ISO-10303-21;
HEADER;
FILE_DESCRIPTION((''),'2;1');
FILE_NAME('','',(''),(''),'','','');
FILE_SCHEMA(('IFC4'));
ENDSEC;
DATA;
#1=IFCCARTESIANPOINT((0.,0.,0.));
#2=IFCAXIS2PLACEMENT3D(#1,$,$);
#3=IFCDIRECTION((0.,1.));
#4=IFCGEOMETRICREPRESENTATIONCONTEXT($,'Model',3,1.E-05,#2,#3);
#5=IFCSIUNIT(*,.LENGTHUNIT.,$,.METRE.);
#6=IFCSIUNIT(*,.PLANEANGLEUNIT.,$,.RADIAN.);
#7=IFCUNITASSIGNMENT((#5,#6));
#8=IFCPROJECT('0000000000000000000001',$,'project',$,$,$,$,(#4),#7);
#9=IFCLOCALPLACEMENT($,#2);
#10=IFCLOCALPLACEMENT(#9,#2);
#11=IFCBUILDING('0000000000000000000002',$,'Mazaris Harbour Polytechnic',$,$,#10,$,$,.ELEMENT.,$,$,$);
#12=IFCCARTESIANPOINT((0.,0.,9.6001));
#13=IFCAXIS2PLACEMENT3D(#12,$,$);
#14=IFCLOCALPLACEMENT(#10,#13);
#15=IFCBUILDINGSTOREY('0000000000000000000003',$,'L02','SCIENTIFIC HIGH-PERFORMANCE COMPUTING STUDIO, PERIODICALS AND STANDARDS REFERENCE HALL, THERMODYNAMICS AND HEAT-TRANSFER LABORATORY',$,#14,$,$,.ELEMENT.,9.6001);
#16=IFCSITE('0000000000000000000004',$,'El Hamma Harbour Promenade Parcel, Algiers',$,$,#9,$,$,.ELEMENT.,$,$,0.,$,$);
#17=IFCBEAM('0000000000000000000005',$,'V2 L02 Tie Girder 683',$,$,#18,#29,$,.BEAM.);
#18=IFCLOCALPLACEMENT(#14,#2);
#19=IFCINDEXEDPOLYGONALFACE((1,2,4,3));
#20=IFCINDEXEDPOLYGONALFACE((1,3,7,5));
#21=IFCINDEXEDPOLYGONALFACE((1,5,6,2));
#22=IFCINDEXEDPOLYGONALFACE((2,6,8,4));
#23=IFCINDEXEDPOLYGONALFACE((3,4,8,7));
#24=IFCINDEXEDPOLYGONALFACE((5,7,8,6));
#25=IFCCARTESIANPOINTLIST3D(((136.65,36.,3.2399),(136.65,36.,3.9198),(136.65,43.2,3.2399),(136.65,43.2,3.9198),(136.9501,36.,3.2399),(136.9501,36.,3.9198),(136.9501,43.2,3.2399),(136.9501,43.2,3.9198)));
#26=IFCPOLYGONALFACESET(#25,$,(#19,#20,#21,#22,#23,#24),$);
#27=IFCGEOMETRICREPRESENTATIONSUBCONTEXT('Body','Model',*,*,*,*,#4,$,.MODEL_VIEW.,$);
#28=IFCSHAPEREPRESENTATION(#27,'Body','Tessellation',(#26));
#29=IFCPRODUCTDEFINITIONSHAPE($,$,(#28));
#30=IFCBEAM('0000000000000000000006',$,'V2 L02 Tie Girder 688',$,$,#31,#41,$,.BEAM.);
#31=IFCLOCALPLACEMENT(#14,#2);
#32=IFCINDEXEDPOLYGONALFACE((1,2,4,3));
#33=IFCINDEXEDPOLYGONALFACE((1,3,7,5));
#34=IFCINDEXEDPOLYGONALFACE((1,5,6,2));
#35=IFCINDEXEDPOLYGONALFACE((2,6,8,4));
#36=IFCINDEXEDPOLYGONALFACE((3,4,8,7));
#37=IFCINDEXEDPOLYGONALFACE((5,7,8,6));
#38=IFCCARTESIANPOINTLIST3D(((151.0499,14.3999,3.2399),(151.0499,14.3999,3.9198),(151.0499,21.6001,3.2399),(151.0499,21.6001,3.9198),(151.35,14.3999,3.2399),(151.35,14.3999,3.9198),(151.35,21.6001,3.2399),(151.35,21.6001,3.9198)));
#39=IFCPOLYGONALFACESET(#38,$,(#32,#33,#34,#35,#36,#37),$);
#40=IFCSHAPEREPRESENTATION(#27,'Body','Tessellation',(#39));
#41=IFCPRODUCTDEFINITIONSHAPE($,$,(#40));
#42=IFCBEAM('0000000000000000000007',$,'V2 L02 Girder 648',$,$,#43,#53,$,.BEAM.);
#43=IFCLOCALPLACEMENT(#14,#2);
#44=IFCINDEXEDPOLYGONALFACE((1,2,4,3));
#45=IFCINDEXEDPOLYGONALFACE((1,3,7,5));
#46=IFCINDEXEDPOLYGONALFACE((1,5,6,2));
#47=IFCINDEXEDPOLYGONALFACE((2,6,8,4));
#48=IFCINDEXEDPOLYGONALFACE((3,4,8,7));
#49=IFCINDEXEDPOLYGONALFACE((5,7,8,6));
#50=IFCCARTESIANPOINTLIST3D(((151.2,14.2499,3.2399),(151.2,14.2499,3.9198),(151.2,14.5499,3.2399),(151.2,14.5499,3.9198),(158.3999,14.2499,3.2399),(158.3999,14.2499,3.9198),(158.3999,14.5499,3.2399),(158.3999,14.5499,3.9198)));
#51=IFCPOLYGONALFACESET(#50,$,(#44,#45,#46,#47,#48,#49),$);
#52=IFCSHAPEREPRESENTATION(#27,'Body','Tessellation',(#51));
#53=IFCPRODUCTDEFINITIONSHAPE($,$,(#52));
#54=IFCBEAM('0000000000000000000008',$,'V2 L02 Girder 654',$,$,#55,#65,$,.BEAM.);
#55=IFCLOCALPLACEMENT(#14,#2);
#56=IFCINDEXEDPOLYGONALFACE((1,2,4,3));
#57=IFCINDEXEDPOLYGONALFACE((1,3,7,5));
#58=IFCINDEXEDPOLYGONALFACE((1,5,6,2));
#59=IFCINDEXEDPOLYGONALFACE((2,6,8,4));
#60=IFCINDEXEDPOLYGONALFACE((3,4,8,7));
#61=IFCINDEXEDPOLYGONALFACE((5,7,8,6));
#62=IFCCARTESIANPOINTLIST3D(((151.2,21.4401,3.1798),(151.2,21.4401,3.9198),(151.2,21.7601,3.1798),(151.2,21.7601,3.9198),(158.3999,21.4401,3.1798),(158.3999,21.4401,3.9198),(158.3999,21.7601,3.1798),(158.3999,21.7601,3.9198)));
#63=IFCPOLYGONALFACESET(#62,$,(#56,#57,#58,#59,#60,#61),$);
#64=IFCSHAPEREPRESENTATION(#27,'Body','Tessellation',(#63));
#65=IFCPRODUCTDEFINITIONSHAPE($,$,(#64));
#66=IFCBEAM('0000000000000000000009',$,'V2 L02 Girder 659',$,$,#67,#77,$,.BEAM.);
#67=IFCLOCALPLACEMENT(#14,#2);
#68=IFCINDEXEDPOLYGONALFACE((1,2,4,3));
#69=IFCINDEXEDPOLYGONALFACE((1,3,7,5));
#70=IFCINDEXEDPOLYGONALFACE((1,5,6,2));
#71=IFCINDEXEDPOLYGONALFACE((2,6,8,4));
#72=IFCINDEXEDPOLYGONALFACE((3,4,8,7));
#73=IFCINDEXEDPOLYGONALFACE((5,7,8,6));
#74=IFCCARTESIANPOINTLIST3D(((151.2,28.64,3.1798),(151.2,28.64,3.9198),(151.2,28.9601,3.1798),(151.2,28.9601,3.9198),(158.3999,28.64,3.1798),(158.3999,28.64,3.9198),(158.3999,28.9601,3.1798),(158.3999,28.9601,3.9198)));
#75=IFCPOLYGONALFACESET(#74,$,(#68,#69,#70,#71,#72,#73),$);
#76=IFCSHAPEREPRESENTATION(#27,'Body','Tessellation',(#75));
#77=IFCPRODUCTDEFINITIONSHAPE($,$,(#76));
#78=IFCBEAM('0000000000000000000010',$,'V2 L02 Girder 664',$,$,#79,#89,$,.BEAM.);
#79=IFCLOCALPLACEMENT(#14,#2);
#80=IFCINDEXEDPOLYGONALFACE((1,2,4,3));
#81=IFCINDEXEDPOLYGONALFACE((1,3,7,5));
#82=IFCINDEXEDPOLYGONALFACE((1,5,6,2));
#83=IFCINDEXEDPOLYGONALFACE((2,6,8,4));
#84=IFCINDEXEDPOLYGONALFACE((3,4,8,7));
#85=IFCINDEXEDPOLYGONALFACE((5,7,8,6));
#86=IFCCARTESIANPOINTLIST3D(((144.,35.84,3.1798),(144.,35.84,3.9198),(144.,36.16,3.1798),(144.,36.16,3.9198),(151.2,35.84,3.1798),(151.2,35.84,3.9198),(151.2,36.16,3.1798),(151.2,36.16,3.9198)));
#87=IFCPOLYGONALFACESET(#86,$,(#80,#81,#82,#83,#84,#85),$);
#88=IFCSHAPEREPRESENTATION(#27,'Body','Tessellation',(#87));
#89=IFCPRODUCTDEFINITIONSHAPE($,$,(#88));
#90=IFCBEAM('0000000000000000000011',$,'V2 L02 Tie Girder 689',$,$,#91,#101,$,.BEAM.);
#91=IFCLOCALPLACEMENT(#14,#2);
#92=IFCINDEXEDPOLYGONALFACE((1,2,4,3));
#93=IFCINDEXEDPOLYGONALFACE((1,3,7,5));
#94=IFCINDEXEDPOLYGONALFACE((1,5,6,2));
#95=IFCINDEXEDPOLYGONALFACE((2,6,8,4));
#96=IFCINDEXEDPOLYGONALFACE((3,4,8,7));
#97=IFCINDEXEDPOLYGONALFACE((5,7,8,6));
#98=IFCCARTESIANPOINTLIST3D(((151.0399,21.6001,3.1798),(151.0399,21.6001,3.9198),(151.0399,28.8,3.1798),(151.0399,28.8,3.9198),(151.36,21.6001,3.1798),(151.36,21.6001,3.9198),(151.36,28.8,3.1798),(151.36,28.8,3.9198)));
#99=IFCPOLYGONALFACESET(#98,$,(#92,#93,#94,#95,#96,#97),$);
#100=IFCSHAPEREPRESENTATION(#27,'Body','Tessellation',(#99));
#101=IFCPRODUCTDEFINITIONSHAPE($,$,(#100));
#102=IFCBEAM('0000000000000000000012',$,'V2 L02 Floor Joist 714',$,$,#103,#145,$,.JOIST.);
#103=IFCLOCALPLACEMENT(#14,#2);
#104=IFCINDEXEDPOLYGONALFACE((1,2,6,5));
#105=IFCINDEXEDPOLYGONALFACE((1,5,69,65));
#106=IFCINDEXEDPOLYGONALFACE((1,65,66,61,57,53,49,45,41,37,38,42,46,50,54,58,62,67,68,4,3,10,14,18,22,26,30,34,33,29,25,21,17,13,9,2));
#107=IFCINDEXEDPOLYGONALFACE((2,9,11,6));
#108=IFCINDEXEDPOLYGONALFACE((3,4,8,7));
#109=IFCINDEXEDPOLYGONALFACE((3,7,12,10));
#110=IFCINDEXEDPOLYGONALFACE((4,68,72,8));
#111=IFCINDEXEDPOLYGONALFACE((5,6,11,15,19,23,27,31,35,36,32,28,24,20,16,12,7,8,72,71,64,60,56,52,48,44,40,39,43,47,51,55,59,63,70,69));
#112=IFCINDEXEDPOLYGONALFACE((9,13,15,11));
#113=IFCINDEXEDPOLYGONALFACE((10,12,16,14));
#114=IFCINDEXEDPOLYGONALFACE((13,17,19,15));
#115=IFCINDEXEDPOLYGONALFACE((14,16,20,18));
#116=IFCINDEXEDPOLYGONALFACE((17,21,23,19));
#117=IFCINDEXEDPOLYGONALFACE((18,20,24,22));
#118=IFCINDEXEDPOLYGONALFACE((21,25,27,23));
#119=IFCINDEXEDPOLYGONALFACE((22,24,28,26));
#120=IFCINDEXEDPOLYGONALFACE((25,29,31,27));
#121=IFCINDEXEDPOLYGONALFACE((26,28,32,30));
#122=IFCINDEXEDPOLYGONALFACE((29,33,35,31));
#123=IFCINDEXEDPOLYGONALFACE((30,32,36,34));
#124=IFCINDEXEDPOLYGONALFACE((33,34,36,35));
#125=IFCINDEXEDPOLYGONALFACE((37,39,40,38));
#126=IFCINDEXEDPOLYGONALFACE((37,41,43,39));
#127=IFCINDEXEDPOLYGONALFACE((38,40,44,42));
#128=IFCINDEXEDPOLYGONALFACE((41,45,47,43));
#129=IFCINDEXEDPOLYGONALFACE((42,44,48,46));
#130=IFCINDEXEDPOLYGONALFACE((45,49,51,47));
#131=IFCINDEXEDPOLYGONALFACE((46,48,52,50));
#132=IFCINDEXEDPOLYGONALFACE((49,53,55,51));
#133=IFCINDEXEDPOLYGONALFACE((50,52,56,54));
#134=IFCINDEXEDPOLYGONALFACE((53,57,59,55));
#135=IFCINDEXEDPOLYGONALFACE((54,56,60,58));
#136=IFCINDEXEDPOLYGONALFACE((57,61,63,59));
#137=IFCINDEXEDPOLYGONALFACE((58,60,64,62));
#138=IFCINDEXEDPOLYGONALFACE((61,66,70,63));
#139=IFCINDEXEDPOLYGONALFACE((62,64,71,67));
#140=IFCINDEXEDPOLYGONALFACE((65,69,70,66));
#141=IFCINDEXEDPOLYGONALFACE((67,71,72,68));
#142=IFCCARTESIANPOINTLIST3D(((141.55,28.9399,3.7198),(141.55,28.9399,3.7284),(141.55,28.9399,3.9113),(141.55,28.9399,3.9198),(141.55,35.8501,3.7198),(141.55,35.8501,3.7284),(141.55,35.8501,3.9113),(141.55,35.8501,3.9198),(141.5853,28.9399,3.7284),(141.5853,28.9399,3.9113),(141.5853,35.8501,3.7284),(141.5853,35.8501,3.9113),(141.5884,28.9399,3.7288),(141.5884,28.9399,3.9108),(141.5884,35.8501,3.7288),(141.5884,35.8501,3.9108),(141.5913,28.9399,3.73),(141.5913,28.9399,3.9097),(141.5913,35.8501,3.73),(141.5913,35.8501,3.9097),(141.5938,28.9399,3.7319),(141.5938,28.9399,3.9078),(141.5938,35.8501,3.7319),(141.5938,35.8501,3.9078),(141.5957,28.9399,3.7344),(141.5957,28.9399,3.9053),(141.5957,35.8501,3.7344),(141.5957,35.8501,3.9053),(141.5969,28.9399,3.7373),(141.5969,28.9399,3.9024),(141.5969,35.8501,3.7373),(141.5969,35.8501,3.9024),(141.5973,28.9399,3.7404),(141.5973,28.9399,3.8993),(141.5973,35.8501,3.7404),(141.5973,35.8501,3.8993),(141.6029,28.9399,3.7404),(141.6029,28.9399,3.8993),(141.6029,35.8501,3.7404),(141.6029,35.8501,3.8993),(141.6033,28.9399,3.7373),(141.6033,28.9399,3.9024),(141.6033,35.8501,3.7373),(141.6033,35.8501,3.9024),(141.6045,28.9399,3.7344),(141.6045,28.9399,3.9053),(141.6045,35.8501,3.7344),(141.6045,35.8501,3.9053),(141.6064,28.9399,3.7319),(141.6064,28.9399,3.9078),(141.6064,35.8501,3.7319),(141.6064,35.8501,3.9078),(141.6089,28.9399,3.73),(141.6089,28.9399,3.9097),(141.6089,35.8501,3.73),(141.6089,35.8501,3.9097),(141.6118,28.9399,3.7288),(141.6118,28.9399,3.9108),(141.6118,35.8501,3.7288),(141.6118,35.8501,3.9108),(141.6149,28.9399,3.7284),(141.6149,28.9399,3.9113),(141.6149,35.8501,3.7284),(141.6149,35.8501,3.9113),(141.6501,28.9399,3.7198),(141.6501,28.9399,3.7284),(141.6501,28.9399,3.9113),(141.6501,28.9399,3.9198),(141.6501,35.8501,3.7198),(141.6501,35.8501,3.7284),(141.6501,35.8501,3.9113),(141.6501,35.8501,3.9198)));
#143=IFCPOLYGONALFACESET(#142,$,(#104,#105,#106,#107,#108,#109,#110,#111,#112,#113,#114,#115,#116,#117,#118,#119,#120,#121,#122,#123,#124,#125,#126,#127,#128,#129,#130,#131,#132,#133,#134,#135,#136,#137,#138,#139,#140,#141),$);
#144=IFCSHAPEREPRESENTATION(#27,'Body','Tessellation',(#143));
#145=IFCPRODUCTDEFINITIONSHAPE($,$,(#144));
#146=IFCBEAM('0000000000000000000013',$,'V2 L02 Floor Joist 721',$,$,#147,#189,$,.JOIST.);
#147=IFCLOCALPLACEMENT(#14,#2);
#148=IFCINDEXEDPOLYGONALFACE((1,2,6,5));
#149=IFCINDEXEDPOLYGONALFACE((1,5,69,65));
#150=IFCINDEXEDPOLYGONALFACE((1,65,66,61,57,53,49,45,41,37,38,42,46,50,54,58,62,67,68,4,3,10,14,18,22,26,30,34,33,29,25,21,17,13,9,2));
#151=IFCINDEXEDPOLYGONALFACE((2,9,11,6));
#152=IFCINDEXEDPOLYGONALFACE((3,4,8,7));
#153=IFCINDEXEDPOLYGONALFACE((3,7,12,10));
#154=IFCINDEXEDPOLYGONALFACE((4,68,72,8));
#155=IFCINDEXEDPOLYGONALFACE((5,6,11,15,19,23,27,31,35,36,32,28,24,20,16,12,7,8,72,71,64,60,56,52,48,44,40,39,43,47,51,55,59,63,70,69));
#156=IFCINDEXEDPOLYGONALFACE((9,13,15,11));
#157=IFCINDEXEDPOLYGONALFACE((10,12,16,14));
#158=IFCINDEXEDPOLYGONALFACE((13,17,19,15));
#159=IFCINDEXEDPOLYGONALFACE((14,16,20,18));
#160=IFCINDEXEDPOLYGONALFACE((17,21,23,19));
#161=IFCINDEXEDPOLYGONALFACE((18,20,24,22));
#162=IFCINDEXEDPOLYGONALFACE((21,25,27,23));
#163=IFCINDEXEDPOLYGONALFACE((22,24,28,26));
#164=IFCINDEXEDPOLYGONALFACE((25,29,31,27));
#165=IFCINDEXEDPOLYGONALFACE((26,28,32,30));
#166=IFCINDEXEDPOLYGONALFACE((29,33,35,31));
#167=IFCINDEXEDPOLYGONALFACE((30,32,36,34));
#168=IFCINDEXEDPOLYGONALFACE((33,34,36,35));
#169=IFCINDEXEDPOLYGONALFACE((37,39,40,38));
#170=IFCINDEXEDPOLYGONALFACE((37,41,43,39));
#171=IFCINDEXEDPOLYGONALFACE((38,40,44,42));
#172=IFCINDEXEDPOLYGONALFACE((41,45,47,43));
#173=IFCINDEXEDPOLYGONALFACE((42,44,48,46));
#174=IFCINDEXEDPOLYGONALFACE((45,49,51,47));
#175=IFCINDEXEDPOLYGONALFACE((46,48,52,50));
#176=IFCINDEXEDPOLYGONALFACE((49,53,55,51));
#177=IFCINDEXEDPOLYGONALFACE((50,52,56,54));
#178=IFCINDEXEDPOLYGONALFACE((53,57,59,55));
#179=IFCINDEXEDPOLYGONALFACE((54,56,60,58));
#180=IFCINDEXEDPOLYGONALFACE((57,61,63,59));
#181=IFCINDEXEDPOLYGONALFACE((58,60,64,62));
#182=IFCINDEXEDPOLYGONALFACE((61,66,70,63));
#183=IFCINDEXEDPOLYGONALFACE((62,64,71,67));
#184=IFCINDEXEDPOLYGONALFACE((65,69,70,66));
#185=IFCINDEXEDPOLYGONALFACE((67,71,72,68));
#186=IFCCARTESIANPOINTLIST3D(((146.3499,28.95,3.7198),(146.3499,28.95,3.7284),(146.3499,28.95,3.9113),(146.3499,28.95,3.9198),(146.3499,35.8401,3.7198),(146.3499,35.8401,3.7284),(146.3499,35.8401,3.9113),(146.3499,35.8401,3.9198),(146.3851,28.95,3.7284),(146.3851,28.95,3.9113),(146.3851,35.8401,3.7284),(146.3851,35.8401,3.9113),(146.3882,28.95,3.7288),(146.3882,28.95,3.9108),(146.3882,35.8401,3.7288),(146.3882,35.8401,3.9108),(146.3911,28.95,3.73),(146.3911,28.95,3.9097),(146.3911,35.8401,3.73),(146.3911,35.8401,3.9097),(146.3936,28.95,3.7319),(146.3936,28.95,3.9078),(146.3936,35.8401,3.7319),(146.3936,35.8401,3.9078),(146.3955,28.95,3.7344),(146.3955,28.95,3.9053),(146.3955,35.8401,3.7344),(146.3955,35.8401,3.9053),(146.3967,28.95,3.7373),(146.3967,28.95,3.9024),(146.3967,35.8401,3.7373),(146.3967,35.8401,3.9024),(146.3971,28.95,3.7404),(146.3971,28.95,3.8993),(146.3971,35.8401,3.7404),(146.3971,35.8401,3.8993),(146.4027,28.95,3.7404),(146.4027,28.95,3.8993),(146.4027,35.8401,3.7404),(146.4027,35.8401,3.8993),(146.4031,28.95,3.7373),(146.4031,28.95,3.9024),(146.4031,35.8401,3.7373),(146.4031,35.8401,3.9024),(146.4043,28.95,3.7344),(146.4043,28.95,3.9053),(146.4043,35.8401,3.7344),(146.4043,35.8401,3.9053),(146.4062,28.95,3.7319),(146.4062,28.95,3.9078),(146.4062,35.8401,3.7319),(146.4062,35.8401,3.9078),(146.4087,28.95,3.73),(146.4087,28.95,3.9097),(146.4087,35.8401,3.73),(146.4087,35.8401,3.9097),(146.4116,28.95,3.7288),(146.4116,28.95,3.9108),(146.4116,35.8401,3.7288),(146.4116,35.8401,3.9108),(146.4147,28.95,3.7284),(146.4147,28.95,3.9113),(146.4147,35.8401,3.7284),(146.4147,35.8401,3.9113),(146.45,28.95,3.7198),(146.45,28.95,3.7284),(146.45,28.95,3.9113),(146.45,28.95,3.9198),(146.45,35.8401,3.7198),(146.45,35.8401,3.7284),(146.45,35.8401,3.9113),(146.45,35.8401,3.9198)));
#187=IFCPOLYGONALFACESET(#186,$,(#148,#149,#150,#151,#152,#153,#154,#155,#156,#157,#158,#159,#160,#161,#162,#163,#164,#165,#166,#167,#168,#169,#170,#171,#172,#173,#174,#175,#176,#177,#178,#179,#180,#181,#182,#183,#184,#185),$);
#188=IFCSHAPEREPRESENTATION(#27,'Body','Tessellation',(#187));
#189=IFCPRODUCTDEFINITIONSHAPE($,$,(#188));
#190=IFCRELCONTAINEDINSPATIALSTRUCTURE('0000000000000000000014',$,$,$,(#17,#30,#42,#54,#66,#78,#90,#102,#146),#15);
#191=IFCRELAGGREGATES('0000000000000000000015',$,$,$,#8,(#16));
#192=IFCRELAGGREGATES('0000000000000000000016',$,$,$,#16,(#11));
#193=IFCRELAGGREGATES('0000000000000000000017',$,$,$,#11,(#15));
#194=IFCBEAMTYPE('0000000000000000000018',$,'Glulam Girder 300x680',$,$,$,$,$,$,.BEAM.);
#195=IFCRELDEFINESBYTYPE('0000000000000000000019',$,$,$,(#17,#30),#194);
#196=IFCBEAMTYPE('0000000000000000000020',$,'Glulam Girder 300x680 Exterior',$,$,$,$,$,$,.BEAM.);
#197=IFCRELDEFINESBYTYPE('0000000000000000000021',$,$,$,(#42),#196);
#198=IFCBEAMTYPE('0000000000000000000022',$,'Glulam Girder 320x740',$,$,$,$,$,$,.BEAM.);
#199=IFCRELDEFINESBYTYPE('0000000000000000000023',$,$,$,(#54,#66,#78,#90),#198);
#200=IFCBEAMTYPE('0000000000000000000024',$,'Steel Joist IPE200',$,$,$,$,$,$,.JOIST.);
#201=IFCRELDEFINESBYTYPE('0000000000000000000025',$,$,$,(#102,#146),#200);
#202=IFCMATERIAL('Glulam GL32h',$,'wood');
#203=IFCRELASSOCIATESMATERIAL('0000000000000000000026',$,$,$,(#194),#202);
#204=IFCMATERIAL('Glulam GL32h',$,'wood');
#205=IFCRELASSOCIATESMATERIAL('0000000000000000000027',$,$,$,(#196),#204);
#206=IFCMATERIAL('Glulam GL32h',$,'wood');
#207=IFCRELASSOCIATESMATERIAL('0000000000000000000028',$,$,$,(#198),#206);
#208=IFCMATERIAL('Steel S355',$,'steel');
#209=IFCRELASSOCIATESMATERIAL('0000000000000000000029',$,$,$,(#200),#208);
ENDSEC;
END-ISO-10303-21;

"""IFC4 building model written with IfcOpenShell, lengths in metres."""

from ifc_helpers import new_model, si_unit, direction, frame, origin, origin_2d, place, context, subcontext, project, spatial, rectangle, i_section, extrude, material, material_profile, profile_set, type_object, element, save


model = new_model("IFC4")

# Units and contexts
model_context = context("Model", 3, precision=1e-05, world=origin(), true_north=direction((0.0, 1.0)))
body_context = subcontext(model_context, "Body", "Model", "MODEL_VIEW")
ifc_project = project(units=[si_unit("LENGTHUNIT", "METRE"), si_unit("PLANEANGLEUNIT", "RADIAN")], contexts=[model_context])

# Site, building, storey
site_placement = place(None, origin())
site = spatial("IfcSite", under=ifc_project, at=site_placement, Name="El Hamma Harbour Promenade Parcel, Algiers", CompositionType="ELEMENT", RefElevation=0.0)
building_placement = place(site_placement, origin())
building = spatial("IfcBuilding", under=site, at=building_placement, Name="Mazaris Harbour Polytechnic", CompositionType="ELEMENT")
storey_placement = place(building_placement, frame((0.0, 0.0, 9.6001)))
storey = spatial("IfcBuildingStorey", under=building, at=storey_placement, Name="L02", Description="SCIENTIFIC HIGH-PERFORMANCE COMPUTING STUDIO, PERIODICALS AND STANDARDS REFERENCE HALL, THERMODYNAMICS AND HEAT-TRANSFER LABORATORY", CompositionType="ELEMENT", Elevation=9.6001)

# Beams
ifc_material_1 = material(Name="Glulam GL32h", Category="wood")
ifc_material_profile_1 = material_profile(ifc_material_1, rectangle(XDim=0.3, YDim=0.6799, at=origin_2d()), Name="RECT300x680")
ifc_profile_set_1 = profile_set([ifc_material_profile_1], Name="Glulam GL32h")
beam_type_1 = type_object("IfcBeamType", Name="Glulam Girder 300x680", PredefinedType="BEAM", material=ifc_profile_set_1)
for number, where, z_axis, x_axis, name in (
    (1, (136.8, 36.0, 3.5798), (0.0, 1.0, 0.0), (-1.0, 0.0, 0.0), "V2 L02 Tie Girder 683"),
):
    element("IfcBeam", number, at=place(storey_placement, frame(where, z_axis=z_axis, x_axis=x_axis)), inside=storey, type_object=beam_type_1, Name=name, PredefinedType="BEAM", context=body_context, shape_type="SweptSolid", body=[
        extrude(rectangle(XDim=0.3, YDim=0.6799, at=origin_2d()), origin(), (0.0, 0.0, 1.0), 7.2),
    ])
beam_1_placement = place(storey_placement, frame((151.2, 14.3999, 3.5798), z_axis=(0.0, 1.0, 0.0), x_axis=(-1.0, 0.0, 0.0)))
element("IfcBeam", 2, at=beam_1_placement, inside=storey, type_object=beam_type_1, Name="V2 L02 Tie Girder 688", PredefinedType="BEAM", context=body_context, shape_type="SweptSolid", body=[
    extrude(rectangle(XDim=0.3, YDim=0.6799, at=origin_2d()), origin(), (0.0, 0.0, 1.0), 7.2002),
])
ifc_material_2 = material(Name="Glulam GL32h", Category="wood")
ifc_material_profile_2 = material_profile(ifc_material_2, rectangle(XDim=0.3, YDim=0.6799, at=origin_2d()), Name="RECT300x680")
ifc_profile_set_2 = profile_set([ifc_material_profile_2], Name="Glulam GL32h")
beam_type_2 = type_object("IfcBeamType", Name="Glulam Girder 300x680 Exterior", PredefinedType="BEAM", material=ifc_profile_set_2)
beam_2_placement = place(storey_placement, frame((151.2, 14.3999, 3.5798), z_axis=(1.0, 0.0, 0.0), x_axis=(0.0, 1.0, 0.0)))
element("IfcBeam", 3, at=beam_2_placement, inside=storey, type_object=beam_type_2, Name="V2 L02 Girder 648", PredefinedType="BEAM", context=body_context, shape_type="SweptSolid", body=[
    extrude(rectangle(XDim=0.3, YDim=0.6799, at=origin_2d()), origin(), (0.0, 0.0, 1.0), 7.2),
])
ifc_material_3 = material(Name="Glulam GL32h", Category="wood")
ifc_material_profile_3 = material_profile(ifc_material_3, rectangle(XDim=0.3201, YDim=0.74, at=origin_2d()), Name="RECT320x740")
ifc_profile_set_3 = profile_set([ifc_material_profile_3], Name="Glulam GL32h")
beam_type_3 = type_object("IfcBeamType", Name="Glulam Girder 320x740", PredefinedType="BEAM", material=ifc_profile_set_3)
for number, where, z_axis, x_axis, name in (
    (4, (151.2, 21.6001, 3.5498), (1.0, 0.0, 0.0), (0.0, 1.0, 0.0), "V2 L02 Girder 654"),
    (5, (151.2, 28.8, 3.5498), (1.0, 0.0, 0.0), (0.0, 1.0, 0.0), "V2 L02 Girder 659"),
    (6, (144.0, 36.0, 3.5498), (1.0, 0.0, 0.0), (0.0, 1.0, 0.0), "V2 L02 Girder 664"),
    (7, (151.2, 21.6001, 3.5498), (0.0, 1.0, 0.0), (-1.0, 0.0, 0.0), "V2 L02 Tie Girder 689"),
):
    element("IfcBeam", number, at=place(storey_placement, frame(where, z_axis=z_axis, x_axis=x_axis)), inside=storey, type_object=beam_type_3, Name=name, PredefinedType="BEAM", context=body_context, shape_type="SweptSolid", body=[
        extrude(rectangle(XDim=0.3201, YDim=0.74, at=origin_2d()), origin(), (0.0, 0.0, 1.0), 7.2),
    ])
ifc_material_4 = material(Name="Steel S355", Category="steel")
ifc_material_profile_4 = material_profile(ifc_material_4, i_section(OverallWidth=0.1001, OverallDepth=0.2, WebThickness=0.0056, FlangeThickness=0.0085, FilletRadius=0.012, at=origin_2d()), Name="IPE 200")
ifc_profile_set_4 = profile_set([ifc_material_profile_4], Name="Steel S355")
beam_type_4 = type_object("IfcBeamType", Name="Steel Joist IPE200", PredefinedType="JOIST", material=ifc_profile_set_4)
beam_3_placement = place(storey_placement, frame((141.6001, 28.9399, 3.8198), z_axis=(0.0, 1.0, 0.0), x_axis=(-1.0, 0.0, 0.0)))
element("IfcBeam", 8, at=beam_3_placement, inside=storey, type_object=beam_type_4, Name="V2 L02 Floor Joist 714", PredefinedType="JOIST", context=body_context, shape_type="SweptSolid", body=[
    extrude(i_section(OverallWidth=0.1001, OverallDepth=0.2, WebThickness=0.0056, FlangeThickness=0.0085, FilletRadius=0.012, at=origin_2d()), origin(), (0.0, 0.0, 1.0), 6.9102),
])
beam_4_placement = place(storey_placement, frame((146.3999, 28.95, 3.8198), z_axis=(0.0, 1.0, 0.0), x_axis=(-1.0, 0.0, 0.0)))
element("IfcBeam", 9, at=beam_4_placement, inside=storey, type_object=beam_type_4, Name="V2 L02 Floor Joist 721", PredefinedType="JOIST", context=body_context, shape_type="SweptSolid", body=[
    extrude(i_section(OverallWidth=0.1001, OverallDepth=0.2, WebThickness=0.0056, FlangeThickness=0.0085, FilletRadius=0.012, at=origin_2d()), origin(), (0.0, 0.0, 1.0), 6.8901),
])

save(model, "model.ifc")
